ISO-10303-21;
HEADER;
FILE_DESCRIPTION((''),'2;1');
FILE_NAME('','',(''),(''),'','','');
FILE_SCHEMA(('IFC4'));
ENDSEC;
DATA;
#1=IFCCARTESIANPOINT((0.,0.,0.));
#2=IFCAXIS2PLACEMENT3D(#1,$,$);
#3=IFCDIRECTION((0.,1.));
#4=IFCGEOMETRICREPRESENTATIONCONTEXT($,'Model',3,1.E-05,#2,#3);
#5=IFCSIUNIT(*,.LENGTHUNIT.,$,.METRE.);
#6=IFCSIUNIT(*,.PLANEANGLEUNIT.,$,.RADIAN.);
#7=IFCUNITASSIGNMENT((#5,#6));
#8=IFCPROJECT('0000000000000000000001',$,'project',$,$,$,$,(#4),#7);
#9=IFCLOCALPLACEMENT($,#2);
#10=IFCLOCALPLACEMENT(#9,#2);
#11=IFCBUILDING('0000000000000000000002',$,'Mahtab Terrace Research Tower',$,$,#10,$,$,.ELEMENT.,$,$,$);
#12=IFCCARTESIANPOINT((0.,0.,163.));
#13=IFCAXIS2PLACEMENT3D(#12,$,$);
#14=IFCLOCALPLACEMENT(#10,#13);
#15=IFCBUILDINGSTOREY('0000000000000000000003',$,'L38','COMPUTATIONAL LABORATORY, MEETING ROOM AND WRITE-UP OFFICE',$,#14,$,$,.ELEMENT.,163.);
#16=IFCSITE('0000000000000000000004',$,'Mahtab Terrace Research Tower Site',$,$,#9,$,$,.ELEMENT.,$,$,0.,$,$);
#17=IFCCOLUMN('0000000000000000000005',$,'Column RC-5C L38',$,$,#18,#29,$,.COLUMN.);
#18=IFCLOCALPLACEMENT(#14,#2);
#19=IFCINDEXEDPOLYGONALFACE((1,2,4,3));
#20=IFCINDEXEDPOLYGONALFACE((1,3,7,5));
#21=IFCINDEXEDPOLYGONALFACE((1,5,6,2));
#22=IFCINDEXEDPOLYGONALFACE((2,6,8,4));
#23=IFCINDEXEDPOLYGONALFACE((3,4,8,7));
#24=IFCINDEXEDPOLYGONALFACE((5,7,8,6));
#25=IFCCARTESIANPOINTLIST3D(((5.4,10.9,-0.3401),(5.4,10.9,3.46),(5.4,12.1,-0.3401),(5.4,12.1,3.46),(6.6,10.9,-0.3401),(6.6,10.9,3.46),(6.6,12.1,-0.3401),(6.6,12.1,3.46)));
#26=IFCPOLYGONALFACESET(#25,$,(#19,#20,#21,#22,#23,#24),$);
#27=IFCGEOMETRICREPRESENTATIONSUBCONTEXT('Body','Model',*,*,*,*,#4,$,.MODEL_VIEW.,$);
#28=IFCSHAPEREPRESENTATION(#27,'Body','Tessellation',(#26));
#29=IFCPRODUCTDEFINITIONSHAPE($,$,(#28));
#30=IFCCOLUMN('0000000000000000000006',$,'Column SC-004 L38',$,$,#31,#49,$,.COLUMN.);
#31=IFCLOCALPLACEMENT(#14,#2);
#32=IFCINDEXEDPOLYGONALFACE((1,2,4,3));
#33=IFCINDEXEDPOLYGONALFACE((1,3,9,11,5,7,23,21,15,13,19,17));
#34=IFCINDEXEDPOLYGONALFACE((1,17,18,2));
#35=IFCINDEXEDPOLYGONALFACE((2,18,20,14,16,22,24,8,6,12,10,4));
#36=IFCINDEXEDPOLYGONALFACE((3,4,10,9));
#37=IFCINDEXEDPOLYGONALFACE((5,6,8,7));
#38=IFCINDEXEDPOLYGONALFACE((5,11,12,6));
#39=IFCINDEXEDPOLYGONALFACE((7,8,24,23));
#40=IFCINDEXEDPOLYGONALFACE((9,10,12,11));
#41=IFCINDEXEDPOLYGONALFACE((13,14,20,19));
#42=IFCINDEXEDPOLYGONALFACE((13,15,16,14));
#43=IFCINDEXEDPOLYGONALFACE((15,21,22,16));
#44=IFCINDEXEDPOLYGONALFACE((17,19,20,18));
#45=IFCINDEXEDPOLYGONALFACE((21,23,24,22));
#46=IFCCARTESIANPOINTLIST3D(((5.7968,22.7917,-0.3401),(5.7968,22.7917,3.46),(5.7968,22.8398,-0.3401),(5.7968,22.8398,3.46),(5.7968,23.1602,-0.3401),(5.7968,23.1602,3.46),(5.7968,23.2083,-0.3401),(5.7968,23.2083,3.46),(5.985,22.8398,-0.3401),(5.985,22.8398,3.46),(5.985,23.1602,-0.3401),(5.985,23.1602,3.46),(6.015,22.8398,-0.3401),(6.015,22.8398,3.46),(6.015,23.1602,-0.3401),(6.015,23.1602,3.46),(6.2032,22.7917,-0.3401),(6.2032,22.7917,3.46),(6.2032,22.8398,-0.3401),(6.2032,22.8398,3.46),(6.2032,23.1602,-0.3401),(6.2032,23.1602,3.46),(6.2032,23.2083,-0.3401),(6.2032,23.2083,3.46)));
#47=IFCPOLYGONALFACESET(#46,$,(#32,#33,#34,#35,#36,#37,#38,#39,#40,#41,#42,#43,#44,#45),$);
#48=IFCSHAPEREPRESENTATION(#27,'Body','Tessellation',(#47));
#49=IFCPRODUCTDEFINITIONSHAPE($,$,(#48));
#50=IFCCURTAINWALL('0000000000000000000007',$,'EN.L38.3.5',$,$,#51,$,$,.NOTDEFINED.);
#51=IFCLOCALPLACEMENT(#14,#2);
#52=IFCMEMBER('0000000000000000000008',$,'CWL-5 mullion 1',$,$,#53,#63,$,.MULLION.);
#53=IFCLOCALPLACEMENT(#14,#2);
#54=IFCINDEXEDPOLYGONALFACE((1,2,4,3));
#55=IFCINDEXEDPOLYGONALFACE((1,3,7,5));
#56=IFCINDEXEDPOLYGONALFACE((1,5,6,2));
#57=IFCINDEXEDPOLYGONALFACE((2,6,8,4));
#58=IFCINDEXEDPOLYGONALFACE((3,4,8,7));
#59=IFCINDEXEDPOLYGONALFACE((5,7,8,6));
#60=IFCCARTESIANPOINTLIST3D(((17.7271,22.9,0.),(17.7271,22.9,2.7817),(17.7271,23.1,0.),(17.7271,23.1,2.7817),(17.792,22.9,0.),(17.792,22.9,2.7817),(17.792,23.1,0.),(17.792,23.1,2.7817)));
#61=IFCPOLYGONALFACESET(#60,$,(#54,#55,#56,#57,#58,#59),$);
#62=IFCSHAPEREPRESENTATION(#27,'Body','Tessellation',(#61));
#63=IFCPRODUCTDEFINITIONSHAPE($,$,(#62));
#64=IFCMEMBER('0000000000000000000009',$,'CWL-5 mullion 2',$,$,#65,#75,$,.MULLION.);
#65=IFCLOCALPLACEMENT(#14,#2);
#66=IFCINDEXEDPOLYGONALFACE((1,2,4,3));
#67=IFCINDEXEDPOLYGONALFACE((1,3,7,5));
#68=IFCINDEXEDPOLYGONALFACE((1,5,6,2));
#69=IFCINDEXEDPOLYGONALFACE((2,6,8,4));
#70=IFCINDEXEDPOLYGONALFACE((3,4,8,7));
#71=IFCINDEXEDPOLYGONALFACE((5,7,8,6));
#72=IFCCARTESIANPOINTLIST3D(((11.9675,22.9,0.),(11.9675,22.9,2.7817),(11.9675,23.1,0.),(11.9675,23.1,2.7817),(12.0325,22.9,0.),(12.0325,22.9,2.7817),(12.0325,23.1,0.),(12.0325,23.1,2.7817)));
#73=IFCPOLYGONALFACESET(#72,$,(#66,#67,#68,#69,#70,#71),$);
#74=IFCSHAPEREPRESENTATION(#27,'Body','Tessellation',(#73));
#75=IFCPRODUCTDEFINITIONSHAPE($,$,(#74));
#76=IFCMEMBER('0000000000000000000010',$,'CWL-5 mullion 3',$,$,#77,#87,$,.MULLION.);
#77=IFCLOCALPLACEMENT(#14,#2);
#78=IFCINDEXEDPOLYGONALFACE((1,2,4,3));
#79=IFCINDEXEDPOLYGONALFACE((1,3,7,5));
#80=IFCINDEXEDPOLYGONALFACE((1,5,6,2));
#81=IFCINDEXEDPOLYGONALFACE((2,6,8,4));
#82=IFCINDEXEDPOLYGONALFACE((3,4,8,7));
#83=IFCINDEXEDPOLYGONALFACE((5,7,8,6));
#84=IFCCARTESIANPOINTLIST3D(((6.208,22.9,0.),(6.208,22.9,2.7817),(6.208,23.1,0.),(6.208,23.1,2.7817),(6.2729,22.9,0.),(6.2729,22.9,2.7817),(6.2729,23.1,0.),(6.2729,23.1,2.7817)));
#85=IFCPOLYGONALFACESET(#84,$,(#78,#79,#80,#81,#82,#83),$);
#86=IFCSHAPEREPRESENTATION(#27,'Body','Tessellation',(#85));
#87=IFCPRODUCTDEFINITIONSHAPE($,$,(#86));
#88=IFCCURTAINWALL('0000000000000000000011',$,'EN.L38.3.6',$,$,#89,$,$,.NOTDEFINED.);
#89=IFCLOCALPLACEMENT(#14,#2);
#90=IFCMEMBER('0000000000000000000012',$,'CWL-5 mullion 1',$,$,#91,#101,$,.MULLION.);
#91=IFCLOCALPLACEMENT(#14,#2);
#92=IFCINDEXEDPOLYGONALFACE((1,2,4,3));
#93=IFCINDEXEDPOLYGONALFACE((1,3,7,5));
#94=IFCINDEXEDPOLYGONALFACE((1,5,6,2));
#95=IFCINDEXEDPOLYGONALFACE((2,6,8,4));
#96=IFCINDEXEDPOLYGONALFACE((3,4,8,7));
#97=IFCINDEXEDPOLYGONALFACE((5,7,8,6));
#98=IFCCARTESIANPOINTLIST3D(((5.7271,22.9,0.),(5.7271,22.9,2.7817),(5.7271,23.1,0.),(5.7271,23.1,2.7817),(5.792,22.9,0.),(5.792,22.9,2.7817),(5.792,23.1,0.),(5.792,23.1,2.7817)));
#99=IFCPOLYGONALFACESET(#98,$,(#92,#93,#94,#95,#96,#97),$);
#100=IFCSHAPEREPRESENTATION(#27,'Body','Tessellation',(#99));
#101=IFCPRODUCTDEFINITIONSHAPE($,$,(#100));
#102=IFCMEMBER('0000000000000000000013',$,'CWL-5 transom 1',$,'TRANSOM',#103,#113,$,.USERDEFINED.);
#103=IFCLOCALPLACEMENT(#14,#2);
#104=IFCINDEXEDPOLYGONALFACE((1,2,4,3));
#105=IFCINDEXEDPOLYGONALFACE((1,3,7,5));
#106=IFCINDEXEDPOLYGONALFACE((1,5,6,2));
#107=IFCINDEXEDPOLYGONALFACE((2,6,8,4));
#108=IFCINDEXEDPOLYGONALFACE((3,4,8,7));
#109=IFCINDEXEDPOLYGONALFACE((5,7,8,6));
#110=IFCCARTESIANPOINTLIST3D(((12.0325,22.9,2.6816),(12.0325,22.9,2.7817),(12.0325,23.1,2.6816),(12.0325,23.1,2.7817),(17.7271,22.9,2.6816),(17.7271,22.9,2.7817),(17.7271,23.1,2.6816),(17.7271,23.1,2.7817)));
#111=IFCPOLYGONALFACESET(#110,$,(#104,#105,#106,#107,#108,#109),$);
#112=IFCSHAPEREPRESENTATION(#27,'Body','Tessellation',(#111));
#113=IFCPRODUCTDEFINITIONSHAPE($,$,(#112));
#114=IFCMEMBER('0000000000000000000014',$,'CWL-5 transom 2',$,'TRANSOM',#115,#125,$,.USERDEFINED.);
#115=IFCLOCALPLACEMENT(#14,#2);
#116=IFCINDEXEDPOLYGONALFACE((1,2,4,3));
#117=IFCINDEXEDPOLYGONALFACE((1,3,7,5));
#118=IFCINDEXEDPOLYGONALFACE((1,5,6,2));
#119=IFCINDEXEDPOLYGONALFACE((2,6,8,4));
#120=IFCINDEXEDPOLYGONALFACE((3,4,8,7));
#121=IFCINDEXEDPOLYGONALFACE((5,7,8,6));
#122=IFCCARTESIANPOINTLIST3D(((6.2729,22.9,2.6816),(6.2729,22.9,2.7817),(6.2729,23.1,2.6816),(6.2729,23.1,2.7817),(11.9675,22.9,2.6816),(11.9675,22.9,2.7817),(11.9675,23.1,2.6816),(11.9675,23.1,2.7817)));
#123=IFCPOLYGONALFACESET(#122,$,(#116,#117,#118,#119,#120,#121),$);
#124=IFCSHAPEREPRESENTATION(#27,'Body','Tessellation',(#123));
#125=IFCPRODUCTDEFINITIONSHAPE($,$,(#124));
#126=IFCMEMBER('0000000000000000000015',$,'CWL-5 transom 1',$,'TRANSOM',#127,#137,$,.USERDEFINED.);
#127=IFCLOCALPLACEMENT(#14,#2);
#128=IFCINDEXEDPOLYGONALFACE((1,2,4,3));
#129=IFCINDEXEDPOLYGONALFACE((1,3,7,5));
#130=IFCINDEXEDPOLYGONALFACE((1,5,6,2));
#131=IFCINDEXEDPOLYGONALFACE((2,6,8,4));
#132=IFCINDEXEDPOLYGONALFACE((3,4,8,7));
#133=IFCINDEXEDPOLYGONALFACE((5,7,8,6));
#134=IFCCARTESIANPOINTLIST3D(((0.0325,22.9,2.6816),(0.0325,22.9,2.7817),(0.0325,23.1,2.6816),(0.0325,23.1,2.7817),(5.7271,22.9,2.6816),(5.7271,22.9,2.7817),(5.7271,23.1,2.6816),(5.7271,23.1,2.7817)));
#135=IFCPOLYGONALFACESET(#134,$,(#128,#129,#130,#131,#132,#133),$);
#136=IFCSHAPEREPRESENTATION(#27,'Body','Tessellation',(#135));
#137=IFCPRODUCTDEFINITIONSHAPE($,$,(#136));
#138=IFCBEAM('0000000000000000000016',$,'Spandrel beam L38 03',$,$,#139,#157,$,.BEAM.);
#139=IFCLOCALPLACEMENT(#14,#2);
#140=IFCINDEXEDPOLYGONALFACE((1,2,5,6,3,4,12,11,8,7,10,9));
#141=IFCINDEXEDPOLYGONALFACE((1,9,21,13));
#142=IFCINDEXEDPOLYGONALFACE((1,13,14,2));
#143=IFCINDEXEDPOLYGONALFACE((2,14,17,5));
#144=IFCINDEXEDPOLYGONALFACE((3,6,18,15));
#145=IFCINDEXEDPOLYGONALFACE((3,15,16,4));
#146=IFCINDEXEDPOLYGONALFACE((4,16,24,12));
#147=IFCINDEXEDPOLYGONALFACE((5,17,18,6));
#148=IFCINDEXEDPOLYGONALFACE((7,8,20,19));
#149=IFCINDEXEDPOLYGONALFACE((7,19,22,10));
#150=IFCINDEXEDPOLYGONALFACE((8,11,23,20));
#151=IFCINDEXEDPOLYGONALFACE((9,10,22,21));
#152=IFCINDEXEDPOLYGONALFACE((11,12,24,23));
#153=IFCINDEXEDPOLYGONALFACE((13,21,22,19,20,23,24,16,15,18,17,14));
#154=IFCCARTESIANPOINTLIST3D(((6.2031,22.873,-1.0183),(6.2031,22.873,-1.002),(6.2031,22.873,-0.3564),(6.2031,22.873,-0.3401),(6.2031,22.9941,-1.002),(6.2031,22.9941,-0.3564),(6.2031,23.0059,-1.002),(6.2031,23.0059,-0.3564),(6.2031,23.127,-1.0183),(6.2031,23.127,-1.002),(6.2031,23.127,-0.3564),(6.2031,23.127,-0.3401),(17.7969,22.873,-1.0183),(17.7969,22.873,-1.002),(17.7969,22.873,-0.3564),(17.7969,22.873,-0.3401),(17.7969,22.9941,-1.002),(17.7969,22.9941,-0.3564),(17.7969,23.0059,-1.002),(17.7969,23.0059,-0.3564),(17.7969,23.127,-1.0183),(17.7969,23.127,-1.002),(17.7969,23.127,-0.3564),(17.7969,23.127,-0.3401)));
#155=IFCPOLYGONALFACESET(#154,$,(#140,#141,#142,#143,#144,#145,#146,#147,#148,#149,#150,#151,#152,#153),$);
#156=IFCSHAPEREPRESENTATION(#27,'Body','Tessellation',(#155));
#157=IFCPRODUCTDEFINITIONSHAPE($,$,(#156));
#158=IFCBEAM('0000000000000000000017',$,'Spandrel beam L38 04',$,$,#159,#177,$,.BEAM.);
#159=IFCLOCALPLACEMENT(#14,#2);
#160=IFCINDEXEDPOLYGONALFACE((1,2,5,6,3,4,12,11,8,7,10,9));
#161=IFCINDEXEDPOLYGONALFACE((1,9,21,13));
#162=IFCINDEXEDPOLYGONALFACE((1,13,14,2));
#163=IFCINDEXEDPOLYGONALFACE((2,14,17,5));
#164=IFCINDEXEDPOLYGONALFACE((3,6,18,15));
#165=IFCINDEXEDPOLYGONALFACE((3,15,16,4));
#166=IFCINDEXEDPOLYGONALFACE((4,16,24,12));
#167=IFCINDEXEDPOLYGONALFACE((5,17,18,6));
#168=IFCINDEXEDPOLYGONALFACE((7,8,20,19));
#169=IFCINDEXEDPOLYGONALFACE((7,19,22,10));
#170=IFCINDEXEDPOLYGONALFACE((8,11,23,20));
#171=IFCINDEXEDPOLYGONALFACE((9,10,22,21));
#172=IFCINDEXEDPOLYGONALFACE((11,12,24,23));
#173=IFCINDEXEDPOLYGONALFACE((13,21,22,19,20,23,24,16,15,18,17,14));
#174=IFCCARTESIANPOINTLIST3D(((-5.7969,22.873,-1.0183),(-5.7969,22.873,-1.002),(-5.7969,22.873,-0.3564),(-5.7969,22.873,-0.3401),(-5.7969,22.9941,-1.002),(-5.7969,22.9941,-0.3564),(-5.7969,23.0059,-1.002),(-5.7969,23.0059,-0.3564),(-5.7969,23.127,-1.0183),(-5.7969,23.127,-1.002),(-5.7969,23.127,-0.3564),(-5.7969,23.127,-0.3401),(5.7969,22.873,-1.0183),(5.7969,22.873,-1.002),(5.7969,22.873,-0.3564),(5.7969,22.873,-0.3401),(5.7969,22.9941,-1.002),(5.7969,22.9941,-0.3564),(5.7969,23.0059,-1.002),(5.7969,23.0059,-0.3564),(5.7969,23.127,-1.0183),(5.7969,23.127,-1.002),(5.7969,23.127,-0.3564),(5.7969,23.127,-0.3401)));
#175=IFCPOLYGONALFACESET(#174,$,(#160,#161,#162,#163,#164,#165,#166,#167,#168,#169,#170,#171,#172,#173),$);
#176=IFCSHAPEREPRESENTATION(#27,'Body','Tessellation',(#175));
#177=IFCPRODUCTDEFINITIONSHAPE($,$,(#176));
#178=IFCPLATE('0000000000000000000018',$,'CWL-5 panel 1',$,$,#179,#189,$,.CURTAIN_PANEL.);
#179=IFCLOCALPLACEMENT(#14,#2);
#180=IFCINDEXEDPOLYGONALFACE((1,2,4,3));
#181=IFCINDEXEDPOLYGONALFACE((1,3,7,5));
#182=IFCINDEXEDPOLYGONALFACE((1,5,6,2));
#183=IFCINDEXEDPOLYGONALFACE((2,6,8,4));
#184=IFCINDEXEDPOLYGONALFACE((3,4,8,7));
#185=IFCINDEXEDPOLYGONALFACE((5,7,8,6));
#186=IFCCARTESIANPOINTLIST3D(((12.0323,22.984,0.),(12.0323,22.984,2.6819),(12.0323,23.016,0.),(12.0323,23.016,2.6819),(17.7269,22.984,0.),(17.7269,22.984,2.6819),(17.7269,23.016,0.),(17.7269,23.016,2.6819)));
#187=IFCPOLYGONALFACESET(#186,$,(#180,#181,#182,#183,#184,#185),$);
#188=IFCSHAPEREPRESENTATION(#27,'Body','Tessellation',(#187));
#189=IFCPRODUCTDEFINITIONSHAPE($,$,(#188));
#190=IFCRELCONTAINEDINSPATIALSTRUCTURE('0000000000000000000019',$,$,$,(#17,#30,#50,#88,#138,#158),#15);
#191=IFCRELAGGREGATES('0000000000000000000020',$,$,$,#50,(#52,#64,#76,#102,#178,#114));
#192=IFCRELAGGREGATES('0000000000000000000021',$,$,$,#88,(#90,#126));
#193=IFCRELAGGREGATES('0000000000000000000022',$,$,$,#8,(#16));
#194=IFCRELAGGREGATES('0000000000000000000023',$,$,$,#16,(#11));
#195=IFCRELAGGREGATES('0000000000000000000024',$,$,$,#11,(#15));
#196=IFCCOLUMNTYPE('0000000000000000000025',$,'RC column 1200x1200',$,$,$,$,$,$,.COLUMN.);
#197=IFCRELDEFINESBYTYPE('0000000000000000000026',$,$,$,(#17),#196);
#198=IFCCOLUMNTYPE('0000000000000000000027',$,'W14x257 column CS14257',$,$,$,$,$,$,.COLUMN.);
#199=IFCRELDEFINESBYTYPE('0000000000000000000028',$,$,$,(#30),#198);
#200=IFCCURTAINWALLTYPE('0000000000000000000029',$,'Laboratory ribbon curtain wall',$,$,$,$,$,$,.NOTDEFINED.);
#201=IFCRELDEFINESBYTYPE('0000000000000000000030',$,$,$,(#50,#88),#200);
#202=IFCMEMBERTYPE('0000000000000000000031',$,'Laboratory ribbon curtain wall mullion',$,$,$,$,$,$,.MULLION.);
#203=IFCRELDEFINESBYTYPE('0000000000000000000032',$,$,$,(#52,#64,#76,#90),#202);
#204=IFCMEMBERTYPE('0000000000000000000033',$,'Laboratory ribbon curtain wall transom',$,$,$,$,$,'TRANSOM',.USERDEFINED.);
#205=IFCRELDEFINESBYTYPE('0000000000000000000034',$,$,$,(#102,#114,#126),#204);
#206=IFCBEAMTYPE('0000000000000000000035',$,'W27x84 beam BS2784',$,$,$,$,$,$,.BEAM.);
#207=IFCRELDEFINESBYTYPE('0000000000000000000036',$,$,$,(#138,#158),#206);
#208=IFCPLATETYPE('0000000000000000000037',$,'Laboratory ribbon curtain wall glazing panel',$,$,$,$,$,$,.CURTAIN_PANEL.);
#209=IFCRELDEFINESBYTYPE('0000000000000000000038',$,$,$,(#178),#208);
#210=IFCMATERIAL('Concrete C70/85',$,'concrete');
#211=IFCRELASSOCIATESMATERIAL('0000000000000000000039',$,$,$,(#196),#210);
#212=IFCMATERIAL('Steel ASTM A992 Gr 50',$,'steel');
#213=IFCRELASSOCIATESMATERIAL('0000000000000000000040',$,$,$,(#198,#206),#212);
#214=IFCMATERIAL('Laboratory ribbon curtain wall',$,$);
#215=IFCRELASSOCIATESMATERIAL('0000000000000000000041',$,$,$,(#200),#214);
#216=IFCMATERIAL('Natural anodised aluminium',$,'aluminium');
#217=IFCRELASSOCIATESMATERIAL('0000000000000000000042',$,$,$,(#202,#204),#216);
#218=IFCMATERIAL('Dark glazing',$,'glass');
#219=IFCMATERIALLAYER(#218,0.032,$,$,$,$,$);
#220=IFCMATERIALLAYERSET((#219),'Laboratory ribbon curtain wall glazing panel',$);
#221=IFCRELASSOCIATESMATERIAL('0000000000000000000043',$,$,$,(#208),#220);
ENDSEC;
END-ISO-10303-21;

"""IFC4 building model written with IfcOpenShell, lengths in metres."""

from ifc_helpers import new_model, si_unit, direction, frame, origin, origin_2d, place, context, subcontext, project, spatial, rectangle, i_section, extrude, material, layer, layer_set, material_profile, profile_set, type_object, element, aggregate, save


model = new_model("IFC4")

# Units and contexts
model_context = context("Model", 3, precision=1e-05, world=origin(), true_north=direction((0.0, 1.0)))
body_context = subcontext(model_context, "Body", "Model", "MODEL_VIEW")
ifc_project = project(units=[si_unit("LENGTHUNIT", "METRE"), si_unit("PLANEANGLEUNIT", "RADIAN")], contexts=[model_context])

# Site, building, storey
site_placement = place(None, origin())
site = spatial("IfcSite", under=ifc_project, at=site_placement, Name="Mahtab Terrace Research Tower Site", CompositionType="ELEMENT", RefElevation=0.0)
building_placement = place(site_placement, origin())
building = spatial("IfcBuilding", under=site, at=building_placement, Name="Mahtab Terrace Research Tower", CompositionType="ELEMENT")
storey_placement = place(building_placement, frame((0.0, 0.0, 163.0)))
storey = spatial("IfcBuildingStorey", under=building, at=storey_placement, Name="L38", Description="COMPUTATIONAL LABORATORY, MEETING ROOM AND WRITE-UP OFFICE", CompositionType="ELEMENT", Elevation=163.0)

# Columns
ifc_material_1 = material(Name="Concrete C70/85", Category="concrete")
ifc_material_profile_1 = material_profile(ifc_material_1, rectangle(XDim=1.2, YDim=1.2, at=origin_2d()), Name="RC column 1200x1200")
ifc_profile_set_1 = profile_set([ifc_material_profile_1], Name="Concrete C70/85")
column_type_1 = type_object("IfcColumnType", Name="RC column 1200x1200", PredefinedType="COLUMN", material=ifc_profile_set_1)
column_1_placement = place(storey_placement, frame((6.0, 11.5, -0.3401), z_axis=(0.0, 0.0, 1.0), x_axis=(1.0, 0.0, 0.0)))
element("IfcColumn", 1, at=column_1_placement, inside=storey, type_object=column_type_1, Name="Column RC-5C L38", PredefinedType="COLUMN", context=body_context, shape_type="SweptSolid", body=[
    extrude(rectangle(XDim=1.2, YDim=1.2, at=origin_2d()), origin(), (0.0, 0.0, 1.0), 3.8),
])
ifc_material_2 = material(Name="Steel ASTM A992 Gr 50", Category="steel")
ifc_material_profile_2 = material_profile(ifc_material_2, i_section(OverallWidth=0.4065, OverallDepth=0.4165, WebThickness=0.03, FlangeThickness=0.0481, at=origin_2d()), Name="W14X257")
ifc_profile_set_2 = profile_set([ifc_material_profile_2], Name="Steel ASTM A992 Gr 50")
column_type_2 = type_object("IfcColumnType", Name="W14x257 column CS14257", PredefinedType="COLUMN", material=ifc_profile_set_2)
column_2_placement = place(storey_placement, frame((6.0, 23.0, -0.3401), z_axis=(0.0, 0.0, 1.0), x_axis=(1.0, 0.0, 0.0)))
element("IfcColumn", 2, at=column_2_placement, inside=storey, type_object=column_type_2, Name="Column SC-004 L38", PredefinedType="COLUMN", context=body_context, shape_type="SweptSolid", body=[
    extrude(i_section(OverallWidth=0.4065, OverallDepth=0.4165, WebThickness=0.03, FlangeThickness=0.0481, at=origin_2d()), origin(), (0.0, 0.0, 1.0), 3.8),
])

# Curtain wall, members
ifc_material_3 = material(Name="Laboratory ribbon curtain wall")
curtain_wall_type = type_object("IfcCurtainWallType", Name="Laboratory ribbon curtain wall", PredefinedType="NOTDEFINED", material=ifc_material_3)
curtain_wall_1_placement = place(storey_placement, origin())
curtain_wall_1 = element("IfcCurtainWall", 3, at=curtain_wall_1_placement, inside=storey, type_object=curtain_wall_type, Name="EN.L38.3.5", PredefinedType="NOTDEFINED")
ifc_material_4 = material(Name="Natural anodised aluminium", Category="aluminium")
ifc_material_profile_3 = material_profile(ifc_material_4, rectangle(XDim=0.2, YDim=0.0649, at=origin_2d()), Name="MULLION 65x200")
ifc_profile_set_3 = profile_set([ifc_material_profile_3], Name="Natural anodised aluminium")
member_type_1 = type_object("IfcMemberType", Name="Laboratory ribbon curtain wall mullion", PredefinedType="MULLION", material=ifc_profile_set_3)
member_1_placement = place(storey_placement, frame((17.7595, 23.0, 0.0), z_axis=(0.0, 0.0, 1.0), x_axis=(0.0, -1.0, 0.0)))
member_1 = element("IfcMember", 4, at=member_1_placement, type_object=member_type_1, Name="CWL-5 mullion 1", PredefinedType="MULLION", context=body_context, shape_type="SweptSolid", body=[
    extrude(rectangle(XDim=0.2, YDim=0.0649, at=origin_2d()), origin(), (0.0, 0.0, 1.0), 2.7817),
])
member_2_placement = place(storey_placement, frame((12.0, 23.0, 0.0), z_axis=(0.0, 0.0, 1.0), x_axis=(0.0, -1.0, 0.0)))
member_2 = element("IfcMember", 5, at=member_2_placement, type_object=member_type_1, Name="CWL-5 mullion 2", PredefinedType="MULLION", context=body_context, shape_type="SweptSolid", body=[
    extrude(rectangle(XDim=0.2, YDim=0.0649, at=origin_2d()), origin(), (0.0, 0.0, 1.0), 2.7817),
])
member_3_placement = place(storey_placement, frame((6.2405, 23.0, 0.0), z_axis=(0.0, 0.0, 1.0), x_axis=(0.0, -1.0, 0.0)))
member_3 = element("IfcMember", 6, at=member_3_placement, type_object=member_type_1, Name="CWL-5 mullion 3", PredefinedType="MULLION", context=body_context, shape_type="SweptSolid", body=[
    extrude(rectangle(XDim=0.2, YDim=0.0649, at=origin_2d()), origin(), (0.0, 0.0, 1.0), 2.7817),
])

# Curtain wall, member
curtain_wall_2_placement = place(storey_placement, origin())
curtain_wall_2 = element("IfcCurtainWall", 7, at=curtain_wall_2_placement, inside=storey, type_object=curtain_wall_type, Name="EN.L38.3.6", PredefinedType="NOTDEFINED")
member_4_placement = place(storey_placement, frame((5.7595, 23.0, 0.0), z_axis=(0.0, 0.0, 1.0), x_axis=(0.0, -1.0, 0.0)))
member_4 = element("IfcMember", 8, at=member_4_placement, type_object=member_type_1, Name="CWL-5 mullion 1", PredefinedType="MULLION", context=body_context, shape_type="SweptSolid", body=[
    extrude(rectangle(XDim=0.2, YDim=0.0649, at=origin_2d()), origin(), (0.0, 0.0, 1.0), 2.7817),
])

# Members
ifc_material_profile_4 = material_profile(ifc_material_4, rectangle(XDim=0.2, YDim=0.1001, at=origin_2d()), Name="TRANSOM 100x200")
ifc_profile_set_4 = profile_set([ifc_material_profile_4], Name="Natural anodised aluminium")
member_type_2 = type_object("IfcMemberType", Name="Laboratory ribbon curtain wall transom", ElementType="TRANSOM", PredefinedType="USERDEFINED", material=ifc_profile_set_4)
member_5_placement = place(storey_placement, frame((17.7271, 23.0, 2.7317), z_axis=(-1.0, 0.0, 0.0), x_axis=(0.0, -1.0, 0.0)))
member_5 = element("IfcMember", 9, at=member_5_placement, type_object=member_type_2, Name="CWL-5 transom 1", ObjectType="TRANSOM", PredefinedType="USERDEFINED", context=body_context, shape_type="SweptSolid", body=[
    extrude(rectangle(XDim=0.2, YDim=0.1001, at=origin_2d()), origin(), (0.0, 0.0, 1.0), 5.6946),
])
member_6_placement = place(storey_placement, frame((11.9675, 23.0, 2.7317), z_axis=(-1.0, 0.0, 0.0), x_axis=(0.0, -1.0, 0.0)))
member_6 = element("IfcMember", 10, at=member_6_placement, type_object=member_type_2, Name="CWL-5 transom 2", ObjectType="TRANSOM", PredefinedType="USERDEFINED", context=body_context, shape_type="SweptSolid", body=[
    extrude(rectangle(XDim=0.2, YDim=0.1001, at=origin_2d()), origin(), (0.0, 0.0, 1.0), 5.6946),
])
member_7_placement = place(storey_placement, frame((5.7271, 23.0, 2.7317), z_axis=(-1.0, 0.0, 0.0), x_axis=(0.0, -1.0, 0.0)))
member_7 = element("IfcMember", 11, at=member_7_placement, type_object=member_type_2, Name="CWL-5 transom 1", ObjectType="TRANSOM", PredefinedType="USERDEFINED", context=body_context, shape_type="SweptSolid", body=[
    extrude(rectangle(XDim=0.2, YDim=0.1001, at=origin_2d()), origin(), (0.0, 0.0, 1.0), 5.6946),
])

# Beams
ifc_material_profile_5 = material_profile(ifc_material_2, i_section(OverallWidth=0.2539, OverallDepth=0.6782, WebThickness=0.0117, FlangeThickness=0.0164, at=origin_2d()), Name="W27X84")
ifc_profile_set_5 = profile_set([ifc_material_profile_5], Name="Steel ASTM A992 Gr 50")
beam_type = type_object("IfcBeamType", Name="W27x84 beam BS2784", PredefinedType="BEAM", material=ifc_profile_set_5)
for number, where, z_axis, x_axis, name in (
    (12, (17.7969, 23.0, -0.6792), (-1.0, 0.0, 0.0), (0.0, -1.0, 0.0), "Spandrel beam L38 03"),
    (13, (5.7969, 23.0, -0.6792), (-1.0, 0.0, 0.0), (0.0, -1.0, 0.0), "Spandrel beam L38 04"),
):
    element("IfcBeam", number, at=place(storey_placement, frame(where, z_axis=z_axis, x_axis=x_axis)), inside=storey, type_object=beam_type, Name=name, PredefinedType="BEAM", context=body_context, shape_type="SweptSolid", body=[
        extrude(i_section(OverallWidth=0.2539, OverallDepth=0.6782, WebThickness=0.0117, FlangeThickness=0.0164, at=origin_2d()), origin(), (0.0, 0.0, 1.0), 11.5938),
    ])

# Plate
ifc_material_5 = material(Name="Dark glazing", Category="glass")
ifc_layer_1 = layer(ifc_material_5, 0.032)
ifc_layer_set_1 = layer_set([ifc_layer_1], Name="Laboratory ribbon curtain wall glazing panel")
plate_type = type_object("IfcPlateType", Name="Laboratory ribbon curtain wall glazing panel", PredefinedType="CURTAIN_PANEL", material=ifc_layer_set_1)
plate_1_placement = place(storey_placement, frame((14.8796, 23.0, 0.0), z_axis=(0.0, 0.0, 1.0), x_axis=(-1.0, 0.0, 0.0)))
plate_1 = element("IfcPlate", 14, at=plate_1_placement, type_object=plate_type, Name="CWL-5 panel 1", PredefinedType="CURTAIN_PANEL", context=body_context, shape_type="SweptSolid", body=[
    extrude(rectangle(XDim=5.6946, YDim=0.032, at=origin_2d()), origin(), (0.0, 0.0, 1.0), 2.6819),
])
aggregate(curtain_wall_1, [member_1, member_2, member_3, member_5, plate_1, member_6])
aggregate(curtain_wall_2, [member_4, member_7])

save(model, "model.ifc")
